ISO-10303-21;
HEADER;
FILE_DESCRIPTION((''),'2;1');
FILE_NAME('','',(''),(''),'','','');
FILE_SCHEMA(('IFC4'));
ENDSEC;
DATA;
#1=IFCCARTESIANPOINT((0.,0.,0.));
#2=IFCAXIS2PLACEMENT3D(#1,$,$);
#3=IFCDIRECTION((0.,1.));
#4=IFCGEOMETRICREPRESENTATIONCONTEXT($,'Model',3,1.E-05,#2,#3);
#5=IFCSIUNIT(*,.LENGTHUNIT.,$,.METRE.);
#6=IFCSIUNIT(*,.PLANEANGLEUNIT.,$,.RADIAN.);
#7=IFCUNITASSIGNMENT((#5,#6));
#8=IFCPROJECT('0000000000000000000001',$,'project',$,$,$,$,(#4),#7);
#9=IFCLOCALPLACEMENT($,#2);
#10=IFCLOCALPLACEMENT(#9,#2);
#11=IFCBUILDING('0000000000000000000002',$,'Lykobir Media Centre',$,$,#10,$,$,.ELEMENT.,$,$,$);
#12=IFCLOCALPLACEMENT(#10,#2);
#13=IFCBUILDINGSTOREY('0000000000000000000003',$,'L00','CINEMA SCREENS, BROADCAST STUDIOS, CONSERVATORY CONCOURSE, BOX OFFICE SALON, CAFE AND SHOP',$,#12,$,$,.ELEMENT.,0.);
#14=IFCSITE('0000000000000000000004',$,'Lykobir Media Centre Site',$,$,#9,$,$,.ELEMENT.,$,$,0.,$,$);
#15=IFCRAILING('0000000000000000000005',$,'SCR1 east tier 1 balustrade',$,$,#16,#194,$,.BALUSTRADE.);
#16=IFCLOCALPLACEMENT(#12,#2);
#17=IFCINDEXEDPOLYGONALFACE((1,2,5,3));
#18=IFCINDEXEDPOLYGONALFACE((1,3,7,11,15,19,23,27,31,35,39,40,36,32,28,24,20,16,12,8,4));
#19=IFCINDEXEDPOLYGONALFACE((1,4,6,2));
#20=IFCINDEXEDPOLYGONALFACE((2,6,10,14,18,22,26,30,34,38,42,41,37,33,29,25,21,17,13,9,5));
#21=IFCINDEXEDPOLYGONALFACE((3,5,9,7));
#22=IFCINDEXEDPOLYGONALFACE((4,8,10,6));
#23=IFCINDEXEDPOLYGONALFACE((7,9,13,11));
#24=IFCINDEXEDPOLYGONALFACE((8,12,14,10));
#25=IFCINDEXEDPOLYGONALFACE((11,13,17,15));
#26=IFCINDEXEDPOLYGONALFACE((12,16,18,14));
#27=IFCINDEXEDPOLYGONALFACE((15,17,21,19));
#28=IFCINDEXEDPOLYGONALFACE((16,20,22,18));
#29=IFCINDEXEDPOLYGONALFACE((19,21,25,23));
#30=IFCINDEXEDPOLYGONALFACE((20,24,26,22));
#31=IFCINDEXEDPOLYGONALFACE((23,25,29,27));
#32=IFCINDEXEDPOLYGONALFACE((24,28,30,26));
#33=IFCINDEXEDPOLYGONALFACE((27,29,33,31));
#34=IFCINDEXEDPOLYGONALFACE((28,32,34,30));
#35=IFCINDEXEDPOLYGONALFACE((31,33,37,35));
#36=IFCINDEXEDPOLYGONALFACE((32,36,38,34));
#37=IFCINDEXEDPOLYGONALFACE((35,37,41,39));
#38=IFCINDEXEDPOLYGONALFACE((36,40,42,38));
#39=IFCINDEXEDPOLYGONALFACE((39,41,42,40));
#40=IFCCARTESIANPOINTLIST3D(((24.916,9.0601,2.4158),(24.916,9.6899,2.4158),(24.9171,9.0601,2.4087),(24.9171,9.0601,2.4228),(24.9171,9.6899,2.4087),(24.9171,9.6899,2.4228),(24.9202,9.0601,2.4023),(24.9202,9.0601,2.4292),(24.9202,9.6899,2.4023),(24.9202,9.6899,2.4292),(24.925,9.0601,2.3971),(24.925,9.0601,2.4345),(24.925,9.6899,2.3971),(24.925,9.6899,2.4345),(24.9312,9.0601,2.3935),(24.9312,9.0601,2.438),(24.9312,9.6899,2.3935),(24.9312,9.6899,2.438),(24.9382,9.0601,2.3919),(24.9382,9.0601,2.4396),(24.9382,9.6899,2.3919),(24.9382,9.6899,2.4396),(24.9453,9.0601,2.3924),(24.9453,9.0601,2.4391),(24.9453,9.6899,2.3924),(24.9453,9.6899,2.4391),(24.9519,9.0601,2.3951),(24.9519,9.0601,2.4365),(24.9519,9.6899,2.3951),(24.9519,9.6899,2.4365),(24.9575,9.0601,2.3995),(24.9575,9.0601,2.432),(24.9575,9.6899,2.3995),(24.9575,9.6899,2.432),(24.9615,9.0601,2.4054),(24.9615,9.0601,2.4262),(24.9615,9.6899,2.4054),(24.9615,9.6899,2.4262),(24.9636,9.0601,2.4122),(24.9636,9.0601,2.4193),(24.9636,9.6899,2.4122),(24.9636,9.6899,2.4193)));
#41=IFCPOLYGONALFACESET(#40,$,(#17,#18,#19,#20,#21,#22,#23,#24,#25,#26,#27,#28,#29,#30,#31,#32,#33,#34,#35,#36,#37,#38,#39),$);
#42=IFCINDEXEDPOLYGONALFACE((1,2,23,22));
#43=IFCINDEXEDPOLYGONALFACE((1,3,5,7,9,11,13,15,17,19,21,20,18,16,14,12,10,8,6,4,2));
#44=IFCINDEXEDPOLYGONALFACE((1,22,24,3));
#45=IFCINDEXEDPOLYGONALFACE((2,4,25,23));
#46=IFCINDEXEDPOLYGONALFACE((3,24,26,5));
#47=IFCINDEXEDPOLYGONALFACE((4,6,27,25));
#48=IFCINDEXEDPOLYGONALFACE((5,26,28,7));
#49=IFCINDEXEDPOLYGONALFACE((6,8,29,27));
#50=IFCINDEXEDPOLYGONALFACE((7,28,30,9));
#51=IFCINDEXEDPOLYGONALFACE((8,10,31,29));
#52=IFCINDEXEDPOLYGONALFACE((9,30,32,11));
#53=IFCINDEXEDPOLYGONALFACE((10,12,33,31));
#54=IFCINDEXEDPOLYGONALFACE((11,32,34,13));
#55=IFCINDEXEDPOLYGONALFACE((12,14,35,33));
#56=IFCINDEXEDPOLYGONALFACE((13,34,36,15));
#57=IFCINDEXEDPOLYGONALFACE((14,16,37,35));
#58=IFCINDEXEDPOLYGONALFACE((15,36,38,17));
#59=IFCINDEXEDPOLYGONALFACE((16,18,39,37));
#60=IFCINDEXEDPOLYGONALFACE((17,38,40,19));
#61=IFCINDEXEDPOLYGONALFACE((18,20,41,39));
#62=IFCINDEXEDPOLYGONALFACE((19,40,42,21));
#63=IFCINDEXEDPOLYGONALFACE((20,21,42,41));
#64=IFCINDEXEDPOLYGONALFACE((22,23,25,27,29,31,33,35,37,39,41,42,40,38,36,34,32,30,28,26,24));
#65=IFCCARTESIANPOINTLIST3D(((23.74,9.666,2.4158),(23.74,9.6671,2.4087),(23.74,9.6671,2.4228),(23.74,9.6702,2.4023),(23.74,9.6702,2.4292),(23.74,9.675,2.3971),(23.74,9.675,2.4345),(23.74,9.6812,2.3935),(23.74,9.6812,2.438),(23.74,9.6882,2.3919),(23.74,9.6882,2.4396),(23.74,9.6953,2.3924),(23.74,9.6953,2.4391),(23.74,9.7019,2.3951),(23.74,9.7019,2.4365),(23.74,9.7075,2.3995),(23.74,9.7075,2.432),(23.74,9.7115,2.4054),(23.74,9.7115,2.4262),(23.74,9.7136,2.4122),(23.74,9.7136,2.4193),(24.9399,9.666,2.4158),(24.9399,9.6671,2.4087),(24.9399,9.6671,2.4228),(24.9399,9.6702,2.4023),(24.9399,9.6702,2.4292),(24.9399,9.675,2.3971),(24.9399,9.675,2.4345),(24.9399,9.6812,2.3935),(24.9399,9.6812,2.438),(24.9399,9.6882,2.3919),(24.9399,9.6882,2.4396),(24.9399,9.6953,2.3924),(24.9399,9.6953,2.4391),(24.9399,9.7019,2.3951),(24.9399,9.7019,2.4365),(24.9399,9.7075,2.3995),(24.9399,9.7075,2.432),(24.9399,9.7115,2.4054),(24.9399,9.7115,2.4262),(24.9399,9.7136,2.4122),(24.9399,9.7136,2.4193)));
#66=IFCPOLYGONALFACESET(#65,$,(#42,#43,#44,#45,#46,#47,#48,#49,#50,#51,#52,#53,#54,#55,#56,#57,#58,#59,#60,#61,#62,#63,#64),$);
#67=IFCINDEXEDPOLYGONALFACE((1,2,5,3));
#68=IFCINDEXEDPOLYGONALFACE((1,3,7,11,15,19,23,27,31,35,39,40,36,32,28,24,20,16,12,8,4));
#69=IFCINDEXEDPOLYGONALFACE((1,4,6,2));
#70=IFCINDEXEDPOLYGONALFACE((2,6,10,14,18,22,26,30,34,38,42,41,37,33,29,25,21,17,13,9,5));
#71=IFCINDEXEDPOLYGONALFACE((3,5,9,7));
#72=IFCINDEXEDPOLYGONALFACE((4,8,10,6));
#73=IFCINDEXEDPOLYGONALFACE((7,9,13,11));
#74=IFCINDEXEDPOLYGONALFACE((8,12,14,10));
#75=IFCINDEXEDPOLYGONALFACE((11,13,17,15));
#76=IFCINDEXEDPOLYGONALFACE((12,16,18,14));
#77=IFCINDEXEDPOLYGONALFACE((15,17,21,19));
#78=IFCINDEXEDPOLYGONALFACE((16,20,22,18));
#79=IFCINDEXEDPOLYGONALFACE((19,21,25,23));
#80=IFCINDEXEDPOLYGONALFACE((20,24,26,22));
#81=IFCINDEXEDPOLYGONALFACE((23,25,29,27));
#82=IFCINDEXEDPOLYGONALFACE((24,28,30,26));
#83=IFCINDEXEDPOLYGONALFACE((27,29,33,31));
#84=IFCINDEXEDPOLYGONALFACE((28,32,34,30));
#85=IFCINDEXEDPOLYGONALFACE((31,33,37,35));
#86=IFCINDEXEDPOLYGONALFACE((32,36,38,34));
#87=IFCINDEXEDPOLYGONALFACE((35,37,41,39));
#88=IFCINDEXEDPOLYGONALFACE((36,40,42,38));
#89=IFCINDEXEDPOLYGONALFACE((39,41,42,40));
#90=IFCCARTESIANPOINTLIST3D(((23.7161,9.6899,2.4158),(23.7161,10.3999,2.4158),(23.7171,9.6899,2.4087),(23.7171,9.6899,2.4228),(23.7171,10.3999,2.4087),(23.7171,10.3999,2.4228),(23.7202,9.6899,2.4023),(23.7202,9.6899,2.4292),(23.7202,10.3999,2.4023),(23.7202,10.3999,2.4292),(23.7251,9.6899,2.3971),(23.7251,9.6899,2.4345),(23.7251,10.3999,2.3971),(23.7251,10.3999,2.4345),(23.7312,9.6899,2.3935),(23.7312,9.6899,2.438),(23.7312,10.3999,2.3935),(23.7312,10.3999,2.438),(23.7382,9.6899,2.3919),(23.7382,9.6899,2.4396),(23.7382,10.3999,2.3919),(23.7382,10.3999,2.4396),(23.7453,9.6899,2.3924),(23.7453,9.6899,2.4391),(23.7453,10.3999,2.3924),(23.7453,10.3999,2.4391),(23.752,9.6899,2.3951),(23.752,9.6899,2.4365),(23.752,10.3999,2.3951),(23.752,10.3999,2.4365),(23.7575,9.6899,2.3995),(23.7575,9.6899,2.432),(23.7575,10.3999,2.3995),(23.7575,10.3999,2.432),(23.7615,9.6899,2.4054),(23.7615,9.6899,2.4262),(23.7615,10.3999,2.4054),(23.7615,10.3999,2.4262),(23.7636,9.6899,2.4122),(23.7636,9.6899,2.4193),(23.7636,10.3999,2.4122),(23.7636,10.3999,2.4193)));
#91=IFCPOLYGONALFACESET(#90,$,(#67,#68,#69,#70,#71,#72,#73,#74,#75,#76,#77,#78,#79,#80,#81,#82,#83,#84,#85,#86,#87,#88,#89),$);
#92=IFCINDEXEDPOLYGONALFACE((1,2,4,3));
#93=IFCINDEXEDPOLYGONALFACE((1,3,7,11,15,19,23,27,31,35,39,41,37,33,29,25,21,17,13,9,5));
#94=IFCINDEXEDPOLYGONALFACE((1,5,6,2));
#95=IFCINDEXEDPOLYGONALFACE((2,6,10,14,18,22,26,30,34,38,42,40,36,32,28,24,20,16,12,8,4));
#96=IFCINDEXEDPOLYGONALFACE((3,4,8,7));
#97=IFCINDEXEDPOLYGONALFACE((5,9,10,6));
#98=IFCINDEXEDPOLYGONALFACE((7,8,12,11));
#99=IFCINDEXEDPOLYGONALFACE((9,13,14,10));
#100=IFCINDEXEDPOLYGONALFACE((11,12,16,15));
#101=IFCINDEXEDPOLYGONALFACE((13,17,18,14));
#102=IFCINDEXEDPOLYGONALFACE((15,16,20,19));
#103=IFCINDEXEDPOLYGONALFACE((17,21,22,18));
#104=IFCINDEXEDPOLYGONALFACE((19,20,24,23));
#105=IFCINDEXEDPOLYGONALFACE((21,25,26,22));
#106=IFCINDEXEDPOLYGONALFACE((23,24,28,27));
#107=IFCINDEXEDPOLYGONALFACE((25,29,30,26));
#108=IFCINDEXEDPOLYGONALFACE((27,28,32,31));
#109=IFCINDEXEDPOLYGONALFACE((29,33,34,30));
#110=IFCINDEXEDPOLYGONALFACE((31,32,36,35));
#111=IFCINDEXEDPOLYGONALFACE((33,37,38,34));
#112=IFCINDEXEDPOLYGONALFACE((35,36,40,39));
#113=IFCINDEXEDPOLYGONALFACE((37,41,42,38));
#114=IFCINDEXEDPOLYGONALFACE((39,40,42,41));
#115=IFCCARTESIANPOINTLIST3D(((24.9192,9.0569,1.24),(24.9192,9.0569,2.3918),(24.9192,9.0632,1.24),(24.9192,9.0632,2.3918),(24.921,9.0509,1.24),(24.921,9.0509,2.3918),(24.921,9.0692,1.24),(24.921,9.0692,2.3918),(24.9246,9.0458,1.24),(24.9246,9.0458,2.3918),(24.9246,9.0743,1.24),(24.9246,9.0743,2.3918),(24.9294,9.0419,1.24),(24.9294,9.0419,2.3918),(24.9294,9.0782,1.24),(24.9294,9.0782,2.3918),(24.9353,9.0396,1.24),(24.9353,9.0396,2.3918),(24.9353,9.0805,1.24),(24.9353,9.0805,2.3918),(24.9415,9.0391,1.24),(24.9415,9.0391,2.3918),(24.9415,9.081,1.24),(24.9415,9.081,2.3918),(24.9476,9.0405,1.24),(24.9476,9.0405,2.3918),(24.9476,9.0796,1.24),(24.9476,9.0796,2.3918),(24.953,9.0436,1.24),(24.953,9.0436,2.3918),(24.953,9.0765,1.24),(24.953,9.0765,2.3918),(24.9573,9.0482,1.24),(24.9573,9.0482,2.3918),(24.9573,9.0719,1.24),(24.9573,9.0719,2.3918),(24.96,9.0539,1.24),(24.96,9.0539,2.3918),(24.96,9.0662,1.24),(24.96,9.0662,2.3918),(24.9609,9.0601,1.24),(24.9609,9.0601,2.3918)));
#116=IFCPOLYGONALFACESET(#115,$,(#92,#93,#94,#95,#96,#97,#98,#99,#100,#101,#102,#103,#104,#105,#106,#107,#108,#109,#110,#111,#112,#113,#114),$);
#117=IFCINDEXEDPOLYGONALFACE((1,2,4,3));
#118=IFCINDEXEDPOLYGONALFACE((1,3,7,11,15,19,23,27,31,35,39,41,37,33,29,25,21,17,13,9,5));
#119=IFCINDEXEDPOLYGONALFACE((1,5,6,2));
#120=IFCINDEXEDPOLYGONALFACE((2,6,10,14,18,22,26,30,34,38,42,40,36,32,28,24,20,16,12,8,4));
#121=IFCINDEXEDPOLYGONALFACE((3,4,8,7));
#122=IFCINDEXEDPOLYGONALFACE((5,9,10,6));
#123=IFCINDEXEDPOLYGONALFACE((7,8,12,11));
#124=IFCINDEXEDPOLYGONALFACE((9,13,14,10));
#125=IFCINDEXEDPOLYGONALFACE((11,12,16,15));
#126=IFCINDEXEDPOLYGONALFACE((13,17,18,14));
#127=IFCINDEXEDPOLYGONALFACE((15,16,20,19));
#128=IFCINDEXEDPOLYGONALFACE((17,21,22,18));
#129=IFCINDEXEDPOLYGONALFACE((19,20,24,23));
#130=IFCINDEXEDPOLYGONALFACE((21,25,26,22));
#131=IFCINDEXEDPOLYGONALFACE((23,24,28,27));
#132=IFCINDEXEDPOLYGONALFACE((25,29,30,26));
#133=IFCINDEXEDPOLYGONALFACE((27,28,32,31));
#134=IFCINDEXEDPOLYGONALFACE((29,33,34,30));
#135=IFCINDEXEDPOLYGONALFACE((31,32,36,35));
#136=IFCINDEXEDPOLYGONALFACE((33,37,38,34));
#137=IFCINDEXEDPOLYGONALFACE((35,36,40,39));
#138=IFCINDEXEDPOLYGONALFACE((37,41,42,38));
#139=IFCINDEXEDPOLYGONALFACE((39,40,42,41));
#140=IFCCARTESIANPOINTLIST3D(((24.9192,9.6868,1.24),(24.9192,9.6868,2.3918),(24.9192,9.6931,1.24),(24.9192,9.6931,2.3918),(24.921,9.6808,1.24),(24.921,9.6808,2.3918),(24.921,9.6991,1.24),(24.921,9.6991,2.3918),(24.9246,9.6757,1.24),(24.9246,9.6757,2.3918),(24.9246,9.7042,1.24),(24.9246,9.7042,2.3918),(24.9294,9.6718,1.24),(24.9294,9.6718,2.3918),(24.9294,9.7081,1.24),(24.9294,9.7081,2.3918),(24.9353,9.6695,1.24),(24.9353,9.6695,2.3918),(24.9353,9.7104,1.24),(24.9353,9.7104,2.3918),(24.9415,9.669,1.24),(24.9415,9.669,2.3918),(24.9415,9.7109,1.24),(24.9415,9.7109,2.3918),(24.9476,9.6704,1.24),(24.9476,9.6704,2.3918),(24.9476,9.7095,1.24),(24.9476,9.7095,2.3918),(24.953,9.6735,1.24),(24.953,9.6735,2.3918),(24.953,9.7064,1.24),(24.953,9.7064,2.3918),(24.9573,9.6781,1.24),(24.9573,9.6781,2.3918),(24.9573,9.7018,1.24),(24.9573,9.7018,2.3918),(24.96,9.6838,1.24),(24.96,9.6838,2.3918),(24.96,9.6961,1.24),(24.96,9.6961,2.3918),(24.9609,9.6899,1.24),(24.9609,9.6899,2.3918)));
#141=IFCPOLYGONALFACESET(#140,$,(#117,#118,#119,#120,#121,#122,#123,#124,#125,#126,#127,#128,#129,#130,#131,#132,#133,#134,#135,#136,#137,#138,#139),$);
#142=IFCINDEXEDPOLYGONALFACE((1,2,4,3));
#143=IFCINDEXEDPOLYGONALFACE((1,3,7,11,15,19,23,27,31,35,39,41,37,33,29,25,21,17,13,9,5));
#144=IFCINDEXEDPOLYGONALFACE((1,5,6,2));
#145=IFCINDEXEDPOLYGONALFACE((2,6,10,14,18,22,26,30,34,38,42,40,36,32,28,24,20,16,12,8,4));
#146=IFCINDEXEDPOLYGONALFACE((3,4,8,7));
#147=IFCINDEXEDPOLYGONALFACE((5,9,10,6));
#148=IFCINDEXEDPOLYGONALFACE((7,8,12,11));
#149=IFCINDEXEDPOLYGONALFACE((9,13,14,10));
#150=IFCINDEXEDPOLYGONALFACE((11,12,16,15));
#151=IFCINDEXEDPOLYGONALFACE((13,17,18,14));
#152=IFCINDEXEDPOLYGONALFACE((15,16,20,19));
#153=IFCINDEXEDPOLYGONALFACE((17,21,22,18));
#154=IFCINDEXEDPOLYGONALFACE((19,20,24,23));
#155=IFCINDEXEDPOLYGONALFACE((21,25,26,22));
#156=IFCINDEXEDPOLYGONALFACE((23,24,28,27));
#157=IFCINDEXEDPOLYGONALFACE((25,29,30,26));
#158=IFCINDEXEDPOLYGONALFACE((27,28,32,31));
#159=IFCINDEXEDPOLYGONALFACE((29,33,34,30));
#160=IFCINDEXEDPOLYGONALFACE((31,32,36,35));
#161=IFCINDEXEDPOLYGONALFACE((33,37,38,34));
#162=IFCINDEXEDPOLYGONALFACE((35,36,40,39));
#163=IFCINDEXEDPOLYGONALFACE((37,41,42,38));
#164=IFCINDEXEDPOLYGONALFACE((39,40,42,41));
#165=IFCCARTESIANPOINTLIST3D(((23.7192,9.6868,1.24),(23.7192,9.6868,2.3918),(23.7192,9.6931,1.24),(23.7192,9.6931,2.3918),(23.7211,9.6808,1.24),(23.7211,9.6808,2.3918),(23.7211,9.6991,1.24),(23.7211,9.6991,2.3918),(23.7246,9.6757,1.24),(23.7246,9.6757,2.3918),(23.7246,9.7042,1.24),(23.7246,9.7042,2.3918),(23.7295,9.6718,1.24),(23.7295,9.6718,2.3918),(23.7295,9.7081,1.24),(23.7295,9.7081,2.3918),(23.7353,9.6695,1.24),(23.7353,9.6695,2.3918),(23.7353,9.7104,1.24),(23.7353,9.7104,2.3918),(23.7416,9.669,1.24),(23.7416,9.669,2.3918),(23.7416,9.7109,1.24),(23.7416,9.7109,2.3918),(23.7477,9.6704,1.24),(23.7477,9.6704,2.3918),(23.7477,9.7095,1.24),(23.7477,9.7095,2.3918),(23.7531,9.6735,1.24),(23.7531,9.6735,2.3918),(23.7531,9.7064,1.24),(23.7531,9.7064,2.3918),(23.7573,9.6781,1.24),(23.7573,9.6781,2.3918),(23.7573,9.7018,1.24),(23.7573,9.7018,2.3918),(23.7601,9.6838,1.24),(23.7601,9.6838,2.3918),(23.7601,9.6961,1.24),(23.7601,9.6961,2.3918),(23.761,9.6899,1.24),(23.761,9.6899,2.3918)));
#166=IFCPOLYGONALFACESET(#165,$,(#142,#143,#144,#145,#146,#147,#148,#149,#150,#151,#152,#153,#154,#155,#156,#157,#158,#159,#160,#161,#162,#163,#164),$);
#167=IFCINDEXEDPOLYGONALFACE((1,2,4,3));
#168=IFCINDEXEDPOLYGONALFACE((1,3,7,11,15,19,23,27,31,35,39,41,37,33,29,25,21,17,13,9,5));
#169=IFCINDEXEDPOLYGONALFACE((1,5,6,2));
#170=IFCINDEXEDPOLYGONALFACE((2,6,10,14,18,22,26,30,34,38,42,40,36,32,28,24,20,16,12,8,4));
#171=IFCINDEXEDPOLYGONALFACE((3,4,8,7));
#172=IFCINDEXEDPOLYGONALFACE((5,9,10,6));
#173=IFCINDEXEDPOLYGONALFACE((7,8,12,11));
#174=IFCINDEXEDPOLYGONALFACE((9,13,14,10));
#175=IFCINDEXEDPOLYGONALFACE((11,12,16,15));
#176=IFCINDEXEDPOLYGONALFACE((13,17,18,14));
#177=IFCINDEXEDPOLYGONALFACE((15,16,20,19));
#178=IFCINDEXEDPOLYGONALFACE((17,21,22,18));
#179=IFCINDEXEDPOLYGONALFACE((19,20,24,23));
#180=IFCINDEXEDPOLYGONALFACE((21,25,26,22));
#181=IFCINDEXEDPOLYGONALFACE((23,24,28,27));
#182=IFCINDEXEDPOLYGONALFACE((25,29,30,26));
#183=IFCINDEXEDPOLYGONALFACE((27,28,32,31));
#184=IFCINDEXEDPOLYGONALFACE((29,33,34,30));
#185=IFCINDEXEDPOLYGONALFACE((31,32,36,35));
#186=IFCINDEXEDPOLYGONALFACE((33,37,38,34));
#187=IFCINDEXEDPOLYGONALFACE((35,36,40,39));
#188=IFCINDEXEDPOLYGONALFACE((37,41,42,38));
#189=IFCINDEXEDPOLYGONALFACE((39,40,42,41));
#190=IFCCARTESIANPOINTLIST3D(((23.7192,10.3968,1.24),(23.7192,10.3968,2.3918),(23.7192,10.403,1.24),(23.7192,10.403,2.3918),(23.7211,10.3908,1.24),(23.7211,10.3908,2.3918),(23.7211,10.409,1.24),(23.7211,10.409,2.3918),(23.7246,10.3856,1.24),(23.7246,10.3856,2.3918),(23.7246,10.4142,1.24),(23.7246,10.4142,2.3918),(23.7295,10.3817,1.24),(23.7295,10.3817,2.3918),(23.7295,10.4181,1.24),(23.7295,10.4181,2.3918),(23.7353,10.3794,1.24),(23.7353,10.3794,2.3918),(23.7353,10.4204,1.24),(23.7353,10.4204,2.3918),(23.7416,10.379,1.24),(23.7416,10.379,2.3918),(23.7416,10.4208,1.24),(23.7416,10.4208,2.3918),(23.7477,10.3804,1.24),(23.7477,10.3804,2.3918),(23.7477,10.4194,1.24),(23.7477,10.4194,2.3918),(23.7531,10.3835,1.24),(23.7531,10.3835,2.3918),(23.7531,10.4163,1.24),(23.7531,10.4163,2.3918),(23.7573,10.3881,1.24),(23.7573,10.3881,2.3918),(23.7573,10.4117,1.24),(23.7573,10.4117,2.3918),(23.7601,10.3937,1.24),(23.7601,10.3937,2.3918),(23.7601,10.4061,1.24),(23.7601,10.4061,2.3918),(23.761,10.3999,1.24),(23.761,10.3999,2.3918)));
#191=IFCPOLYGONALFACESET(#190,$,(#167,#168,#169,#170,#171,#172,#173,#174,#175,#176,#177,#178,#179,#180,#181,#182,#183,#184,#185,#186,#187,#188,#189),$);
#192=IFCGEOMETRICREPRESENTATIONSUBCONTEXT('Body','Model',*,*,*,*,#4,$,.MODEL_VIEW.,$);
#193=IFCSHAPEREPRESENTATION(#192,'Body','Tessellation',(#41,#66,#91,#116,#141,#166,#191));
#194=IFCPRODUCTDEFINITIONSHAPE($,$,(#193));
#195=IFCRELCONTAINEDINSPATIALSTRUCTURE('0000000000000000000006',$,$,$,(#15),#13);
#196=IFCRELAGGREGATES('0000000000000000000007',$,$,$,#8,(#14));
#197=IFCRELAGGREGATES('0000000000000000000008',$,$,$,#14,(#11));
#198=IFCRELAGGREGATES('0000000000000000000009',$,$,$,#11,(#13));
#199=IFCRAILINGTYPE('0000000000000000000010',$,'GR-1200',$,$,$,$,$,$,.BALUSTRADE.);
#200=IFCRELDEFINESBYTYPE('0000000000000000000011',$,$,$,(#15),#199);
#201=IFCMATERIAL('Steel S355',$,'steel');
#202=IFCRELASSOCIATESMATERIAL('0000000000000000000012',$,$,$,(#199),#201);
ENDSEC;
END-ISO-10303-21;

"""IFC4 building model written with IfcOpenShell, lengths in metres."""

from ifc_helpers import new_model, si_unit, direction, frame, origin, origin_2d, place, context, subcontext, project, spatial, circle, extrude, material, type_object, element, save


model = new_model("IFC4")

# Units and contexts
model_context = context("Model", 3, precision=1e-05, world=origin(), true_north=direction((0.0, 1.0)))
body_context = subcontext(model_context, "Body", "Model", "MODEL_VIEW")
ifc_project = project(units=[si_unit("LENGTHUNIT", "METRE"), si_unit("PLANEANGLEUNIT", "RADIAN")], contexts=[model_context])

# Site, building, storey
site_placement = place(None, origin())
site = spatial("IfcSite", under=ifc_project, at=site_placement, Name="Lykobir Media Centre Site", CompositionType="ELEMENT", RefElevation=0.0)
building_placement = place(site_placement, origin())
building = spatial("IfcBuilding", under=site, at=building_placement, Name="Lykobir Media Centre", CompositionType="ELEMENT")
storey_placement = place(building_placement, origin())
storey = spatial("IfcBuildingStorey", under=building, at=storey_placement, Name="L00", Description="CINEMA SCREENS, BROADCAST STUDIOS, CONSERVATORY CONCOURSE, BOX OFFICE SALON, CAFE AND SHOP", CompositionType="ELEMENT", Elevation=0.0)

# Shared definitions
ifc_material_1 = material(Name="Steel S355", Category="steel")

# Railing
railing_type = type_object("IfcRailingType", Name="GR-1200", PredefinedType="BALUSTRADE", material=ifc_material_1)
for number, where, name in (
    (1, (24.9399, 9.0601, 1.24), "SCR1 east tier 1 balustrade"),
):
    element("IfcRailing", number, at=place(storey_placement, frame(where)), inside=storey, type_object=railing_type, Name=name, PredefinedType="BALUSTRADE", context=body_context, shape_type="SweptSolid", body=[
        extrude(circle(Radius=0.0239, at=origin_2d()), frame((0.0, 0.0, 1.1758), z_axis=(0.0, 1.0, 0.0), x_axis=(-1.0, 0.0, 0.0)), (0.0, 0.0, 1.0), 0.6299),
        extrude(circle(Radius=0.0239, at=origin_2d()), frame((0.0, 0.6299, 1.1758), z_axis=(-1.0, 0.0, 0.0), x_axis=(0.0, -1.0, 0.0)), (0.0, 0.0, 1.0), 1.2),
        extrude(circle(Radius=0.0239, at=origin_2d()), frame((-1.2, 0.6299, 1.1758), z_axis=(0.0, 1.0, 0.0), x_axis=(-1.0, 0.0, 0.0)), (0.0, 0.0, 1.0), 0.71),
        extrude(circle(Radius=0.021, at=origin_2d()), origin(), (0.0, 0.0, 1.0), 1.1519),
        extrude(circle(Radius=0.021, at=origin_2d()), frame((0.0, 0.6299, 0.0)), (0.0, 0.0, 1.0), 1.1519),
        extrude(circle(Radius=0.021, at=origin_2d()), frame((-1.2, 0.6299, 0.0)), (0.0, 0.0, 1.0), 1.1519),
        extrude(circle(Radius=0.021, at=origin_2d()), frame((-1.2, 1.3398, 0.0)), (0.0, 0.0, 1.0), 1.1519),
    ])

save(model, "model.ifc")
